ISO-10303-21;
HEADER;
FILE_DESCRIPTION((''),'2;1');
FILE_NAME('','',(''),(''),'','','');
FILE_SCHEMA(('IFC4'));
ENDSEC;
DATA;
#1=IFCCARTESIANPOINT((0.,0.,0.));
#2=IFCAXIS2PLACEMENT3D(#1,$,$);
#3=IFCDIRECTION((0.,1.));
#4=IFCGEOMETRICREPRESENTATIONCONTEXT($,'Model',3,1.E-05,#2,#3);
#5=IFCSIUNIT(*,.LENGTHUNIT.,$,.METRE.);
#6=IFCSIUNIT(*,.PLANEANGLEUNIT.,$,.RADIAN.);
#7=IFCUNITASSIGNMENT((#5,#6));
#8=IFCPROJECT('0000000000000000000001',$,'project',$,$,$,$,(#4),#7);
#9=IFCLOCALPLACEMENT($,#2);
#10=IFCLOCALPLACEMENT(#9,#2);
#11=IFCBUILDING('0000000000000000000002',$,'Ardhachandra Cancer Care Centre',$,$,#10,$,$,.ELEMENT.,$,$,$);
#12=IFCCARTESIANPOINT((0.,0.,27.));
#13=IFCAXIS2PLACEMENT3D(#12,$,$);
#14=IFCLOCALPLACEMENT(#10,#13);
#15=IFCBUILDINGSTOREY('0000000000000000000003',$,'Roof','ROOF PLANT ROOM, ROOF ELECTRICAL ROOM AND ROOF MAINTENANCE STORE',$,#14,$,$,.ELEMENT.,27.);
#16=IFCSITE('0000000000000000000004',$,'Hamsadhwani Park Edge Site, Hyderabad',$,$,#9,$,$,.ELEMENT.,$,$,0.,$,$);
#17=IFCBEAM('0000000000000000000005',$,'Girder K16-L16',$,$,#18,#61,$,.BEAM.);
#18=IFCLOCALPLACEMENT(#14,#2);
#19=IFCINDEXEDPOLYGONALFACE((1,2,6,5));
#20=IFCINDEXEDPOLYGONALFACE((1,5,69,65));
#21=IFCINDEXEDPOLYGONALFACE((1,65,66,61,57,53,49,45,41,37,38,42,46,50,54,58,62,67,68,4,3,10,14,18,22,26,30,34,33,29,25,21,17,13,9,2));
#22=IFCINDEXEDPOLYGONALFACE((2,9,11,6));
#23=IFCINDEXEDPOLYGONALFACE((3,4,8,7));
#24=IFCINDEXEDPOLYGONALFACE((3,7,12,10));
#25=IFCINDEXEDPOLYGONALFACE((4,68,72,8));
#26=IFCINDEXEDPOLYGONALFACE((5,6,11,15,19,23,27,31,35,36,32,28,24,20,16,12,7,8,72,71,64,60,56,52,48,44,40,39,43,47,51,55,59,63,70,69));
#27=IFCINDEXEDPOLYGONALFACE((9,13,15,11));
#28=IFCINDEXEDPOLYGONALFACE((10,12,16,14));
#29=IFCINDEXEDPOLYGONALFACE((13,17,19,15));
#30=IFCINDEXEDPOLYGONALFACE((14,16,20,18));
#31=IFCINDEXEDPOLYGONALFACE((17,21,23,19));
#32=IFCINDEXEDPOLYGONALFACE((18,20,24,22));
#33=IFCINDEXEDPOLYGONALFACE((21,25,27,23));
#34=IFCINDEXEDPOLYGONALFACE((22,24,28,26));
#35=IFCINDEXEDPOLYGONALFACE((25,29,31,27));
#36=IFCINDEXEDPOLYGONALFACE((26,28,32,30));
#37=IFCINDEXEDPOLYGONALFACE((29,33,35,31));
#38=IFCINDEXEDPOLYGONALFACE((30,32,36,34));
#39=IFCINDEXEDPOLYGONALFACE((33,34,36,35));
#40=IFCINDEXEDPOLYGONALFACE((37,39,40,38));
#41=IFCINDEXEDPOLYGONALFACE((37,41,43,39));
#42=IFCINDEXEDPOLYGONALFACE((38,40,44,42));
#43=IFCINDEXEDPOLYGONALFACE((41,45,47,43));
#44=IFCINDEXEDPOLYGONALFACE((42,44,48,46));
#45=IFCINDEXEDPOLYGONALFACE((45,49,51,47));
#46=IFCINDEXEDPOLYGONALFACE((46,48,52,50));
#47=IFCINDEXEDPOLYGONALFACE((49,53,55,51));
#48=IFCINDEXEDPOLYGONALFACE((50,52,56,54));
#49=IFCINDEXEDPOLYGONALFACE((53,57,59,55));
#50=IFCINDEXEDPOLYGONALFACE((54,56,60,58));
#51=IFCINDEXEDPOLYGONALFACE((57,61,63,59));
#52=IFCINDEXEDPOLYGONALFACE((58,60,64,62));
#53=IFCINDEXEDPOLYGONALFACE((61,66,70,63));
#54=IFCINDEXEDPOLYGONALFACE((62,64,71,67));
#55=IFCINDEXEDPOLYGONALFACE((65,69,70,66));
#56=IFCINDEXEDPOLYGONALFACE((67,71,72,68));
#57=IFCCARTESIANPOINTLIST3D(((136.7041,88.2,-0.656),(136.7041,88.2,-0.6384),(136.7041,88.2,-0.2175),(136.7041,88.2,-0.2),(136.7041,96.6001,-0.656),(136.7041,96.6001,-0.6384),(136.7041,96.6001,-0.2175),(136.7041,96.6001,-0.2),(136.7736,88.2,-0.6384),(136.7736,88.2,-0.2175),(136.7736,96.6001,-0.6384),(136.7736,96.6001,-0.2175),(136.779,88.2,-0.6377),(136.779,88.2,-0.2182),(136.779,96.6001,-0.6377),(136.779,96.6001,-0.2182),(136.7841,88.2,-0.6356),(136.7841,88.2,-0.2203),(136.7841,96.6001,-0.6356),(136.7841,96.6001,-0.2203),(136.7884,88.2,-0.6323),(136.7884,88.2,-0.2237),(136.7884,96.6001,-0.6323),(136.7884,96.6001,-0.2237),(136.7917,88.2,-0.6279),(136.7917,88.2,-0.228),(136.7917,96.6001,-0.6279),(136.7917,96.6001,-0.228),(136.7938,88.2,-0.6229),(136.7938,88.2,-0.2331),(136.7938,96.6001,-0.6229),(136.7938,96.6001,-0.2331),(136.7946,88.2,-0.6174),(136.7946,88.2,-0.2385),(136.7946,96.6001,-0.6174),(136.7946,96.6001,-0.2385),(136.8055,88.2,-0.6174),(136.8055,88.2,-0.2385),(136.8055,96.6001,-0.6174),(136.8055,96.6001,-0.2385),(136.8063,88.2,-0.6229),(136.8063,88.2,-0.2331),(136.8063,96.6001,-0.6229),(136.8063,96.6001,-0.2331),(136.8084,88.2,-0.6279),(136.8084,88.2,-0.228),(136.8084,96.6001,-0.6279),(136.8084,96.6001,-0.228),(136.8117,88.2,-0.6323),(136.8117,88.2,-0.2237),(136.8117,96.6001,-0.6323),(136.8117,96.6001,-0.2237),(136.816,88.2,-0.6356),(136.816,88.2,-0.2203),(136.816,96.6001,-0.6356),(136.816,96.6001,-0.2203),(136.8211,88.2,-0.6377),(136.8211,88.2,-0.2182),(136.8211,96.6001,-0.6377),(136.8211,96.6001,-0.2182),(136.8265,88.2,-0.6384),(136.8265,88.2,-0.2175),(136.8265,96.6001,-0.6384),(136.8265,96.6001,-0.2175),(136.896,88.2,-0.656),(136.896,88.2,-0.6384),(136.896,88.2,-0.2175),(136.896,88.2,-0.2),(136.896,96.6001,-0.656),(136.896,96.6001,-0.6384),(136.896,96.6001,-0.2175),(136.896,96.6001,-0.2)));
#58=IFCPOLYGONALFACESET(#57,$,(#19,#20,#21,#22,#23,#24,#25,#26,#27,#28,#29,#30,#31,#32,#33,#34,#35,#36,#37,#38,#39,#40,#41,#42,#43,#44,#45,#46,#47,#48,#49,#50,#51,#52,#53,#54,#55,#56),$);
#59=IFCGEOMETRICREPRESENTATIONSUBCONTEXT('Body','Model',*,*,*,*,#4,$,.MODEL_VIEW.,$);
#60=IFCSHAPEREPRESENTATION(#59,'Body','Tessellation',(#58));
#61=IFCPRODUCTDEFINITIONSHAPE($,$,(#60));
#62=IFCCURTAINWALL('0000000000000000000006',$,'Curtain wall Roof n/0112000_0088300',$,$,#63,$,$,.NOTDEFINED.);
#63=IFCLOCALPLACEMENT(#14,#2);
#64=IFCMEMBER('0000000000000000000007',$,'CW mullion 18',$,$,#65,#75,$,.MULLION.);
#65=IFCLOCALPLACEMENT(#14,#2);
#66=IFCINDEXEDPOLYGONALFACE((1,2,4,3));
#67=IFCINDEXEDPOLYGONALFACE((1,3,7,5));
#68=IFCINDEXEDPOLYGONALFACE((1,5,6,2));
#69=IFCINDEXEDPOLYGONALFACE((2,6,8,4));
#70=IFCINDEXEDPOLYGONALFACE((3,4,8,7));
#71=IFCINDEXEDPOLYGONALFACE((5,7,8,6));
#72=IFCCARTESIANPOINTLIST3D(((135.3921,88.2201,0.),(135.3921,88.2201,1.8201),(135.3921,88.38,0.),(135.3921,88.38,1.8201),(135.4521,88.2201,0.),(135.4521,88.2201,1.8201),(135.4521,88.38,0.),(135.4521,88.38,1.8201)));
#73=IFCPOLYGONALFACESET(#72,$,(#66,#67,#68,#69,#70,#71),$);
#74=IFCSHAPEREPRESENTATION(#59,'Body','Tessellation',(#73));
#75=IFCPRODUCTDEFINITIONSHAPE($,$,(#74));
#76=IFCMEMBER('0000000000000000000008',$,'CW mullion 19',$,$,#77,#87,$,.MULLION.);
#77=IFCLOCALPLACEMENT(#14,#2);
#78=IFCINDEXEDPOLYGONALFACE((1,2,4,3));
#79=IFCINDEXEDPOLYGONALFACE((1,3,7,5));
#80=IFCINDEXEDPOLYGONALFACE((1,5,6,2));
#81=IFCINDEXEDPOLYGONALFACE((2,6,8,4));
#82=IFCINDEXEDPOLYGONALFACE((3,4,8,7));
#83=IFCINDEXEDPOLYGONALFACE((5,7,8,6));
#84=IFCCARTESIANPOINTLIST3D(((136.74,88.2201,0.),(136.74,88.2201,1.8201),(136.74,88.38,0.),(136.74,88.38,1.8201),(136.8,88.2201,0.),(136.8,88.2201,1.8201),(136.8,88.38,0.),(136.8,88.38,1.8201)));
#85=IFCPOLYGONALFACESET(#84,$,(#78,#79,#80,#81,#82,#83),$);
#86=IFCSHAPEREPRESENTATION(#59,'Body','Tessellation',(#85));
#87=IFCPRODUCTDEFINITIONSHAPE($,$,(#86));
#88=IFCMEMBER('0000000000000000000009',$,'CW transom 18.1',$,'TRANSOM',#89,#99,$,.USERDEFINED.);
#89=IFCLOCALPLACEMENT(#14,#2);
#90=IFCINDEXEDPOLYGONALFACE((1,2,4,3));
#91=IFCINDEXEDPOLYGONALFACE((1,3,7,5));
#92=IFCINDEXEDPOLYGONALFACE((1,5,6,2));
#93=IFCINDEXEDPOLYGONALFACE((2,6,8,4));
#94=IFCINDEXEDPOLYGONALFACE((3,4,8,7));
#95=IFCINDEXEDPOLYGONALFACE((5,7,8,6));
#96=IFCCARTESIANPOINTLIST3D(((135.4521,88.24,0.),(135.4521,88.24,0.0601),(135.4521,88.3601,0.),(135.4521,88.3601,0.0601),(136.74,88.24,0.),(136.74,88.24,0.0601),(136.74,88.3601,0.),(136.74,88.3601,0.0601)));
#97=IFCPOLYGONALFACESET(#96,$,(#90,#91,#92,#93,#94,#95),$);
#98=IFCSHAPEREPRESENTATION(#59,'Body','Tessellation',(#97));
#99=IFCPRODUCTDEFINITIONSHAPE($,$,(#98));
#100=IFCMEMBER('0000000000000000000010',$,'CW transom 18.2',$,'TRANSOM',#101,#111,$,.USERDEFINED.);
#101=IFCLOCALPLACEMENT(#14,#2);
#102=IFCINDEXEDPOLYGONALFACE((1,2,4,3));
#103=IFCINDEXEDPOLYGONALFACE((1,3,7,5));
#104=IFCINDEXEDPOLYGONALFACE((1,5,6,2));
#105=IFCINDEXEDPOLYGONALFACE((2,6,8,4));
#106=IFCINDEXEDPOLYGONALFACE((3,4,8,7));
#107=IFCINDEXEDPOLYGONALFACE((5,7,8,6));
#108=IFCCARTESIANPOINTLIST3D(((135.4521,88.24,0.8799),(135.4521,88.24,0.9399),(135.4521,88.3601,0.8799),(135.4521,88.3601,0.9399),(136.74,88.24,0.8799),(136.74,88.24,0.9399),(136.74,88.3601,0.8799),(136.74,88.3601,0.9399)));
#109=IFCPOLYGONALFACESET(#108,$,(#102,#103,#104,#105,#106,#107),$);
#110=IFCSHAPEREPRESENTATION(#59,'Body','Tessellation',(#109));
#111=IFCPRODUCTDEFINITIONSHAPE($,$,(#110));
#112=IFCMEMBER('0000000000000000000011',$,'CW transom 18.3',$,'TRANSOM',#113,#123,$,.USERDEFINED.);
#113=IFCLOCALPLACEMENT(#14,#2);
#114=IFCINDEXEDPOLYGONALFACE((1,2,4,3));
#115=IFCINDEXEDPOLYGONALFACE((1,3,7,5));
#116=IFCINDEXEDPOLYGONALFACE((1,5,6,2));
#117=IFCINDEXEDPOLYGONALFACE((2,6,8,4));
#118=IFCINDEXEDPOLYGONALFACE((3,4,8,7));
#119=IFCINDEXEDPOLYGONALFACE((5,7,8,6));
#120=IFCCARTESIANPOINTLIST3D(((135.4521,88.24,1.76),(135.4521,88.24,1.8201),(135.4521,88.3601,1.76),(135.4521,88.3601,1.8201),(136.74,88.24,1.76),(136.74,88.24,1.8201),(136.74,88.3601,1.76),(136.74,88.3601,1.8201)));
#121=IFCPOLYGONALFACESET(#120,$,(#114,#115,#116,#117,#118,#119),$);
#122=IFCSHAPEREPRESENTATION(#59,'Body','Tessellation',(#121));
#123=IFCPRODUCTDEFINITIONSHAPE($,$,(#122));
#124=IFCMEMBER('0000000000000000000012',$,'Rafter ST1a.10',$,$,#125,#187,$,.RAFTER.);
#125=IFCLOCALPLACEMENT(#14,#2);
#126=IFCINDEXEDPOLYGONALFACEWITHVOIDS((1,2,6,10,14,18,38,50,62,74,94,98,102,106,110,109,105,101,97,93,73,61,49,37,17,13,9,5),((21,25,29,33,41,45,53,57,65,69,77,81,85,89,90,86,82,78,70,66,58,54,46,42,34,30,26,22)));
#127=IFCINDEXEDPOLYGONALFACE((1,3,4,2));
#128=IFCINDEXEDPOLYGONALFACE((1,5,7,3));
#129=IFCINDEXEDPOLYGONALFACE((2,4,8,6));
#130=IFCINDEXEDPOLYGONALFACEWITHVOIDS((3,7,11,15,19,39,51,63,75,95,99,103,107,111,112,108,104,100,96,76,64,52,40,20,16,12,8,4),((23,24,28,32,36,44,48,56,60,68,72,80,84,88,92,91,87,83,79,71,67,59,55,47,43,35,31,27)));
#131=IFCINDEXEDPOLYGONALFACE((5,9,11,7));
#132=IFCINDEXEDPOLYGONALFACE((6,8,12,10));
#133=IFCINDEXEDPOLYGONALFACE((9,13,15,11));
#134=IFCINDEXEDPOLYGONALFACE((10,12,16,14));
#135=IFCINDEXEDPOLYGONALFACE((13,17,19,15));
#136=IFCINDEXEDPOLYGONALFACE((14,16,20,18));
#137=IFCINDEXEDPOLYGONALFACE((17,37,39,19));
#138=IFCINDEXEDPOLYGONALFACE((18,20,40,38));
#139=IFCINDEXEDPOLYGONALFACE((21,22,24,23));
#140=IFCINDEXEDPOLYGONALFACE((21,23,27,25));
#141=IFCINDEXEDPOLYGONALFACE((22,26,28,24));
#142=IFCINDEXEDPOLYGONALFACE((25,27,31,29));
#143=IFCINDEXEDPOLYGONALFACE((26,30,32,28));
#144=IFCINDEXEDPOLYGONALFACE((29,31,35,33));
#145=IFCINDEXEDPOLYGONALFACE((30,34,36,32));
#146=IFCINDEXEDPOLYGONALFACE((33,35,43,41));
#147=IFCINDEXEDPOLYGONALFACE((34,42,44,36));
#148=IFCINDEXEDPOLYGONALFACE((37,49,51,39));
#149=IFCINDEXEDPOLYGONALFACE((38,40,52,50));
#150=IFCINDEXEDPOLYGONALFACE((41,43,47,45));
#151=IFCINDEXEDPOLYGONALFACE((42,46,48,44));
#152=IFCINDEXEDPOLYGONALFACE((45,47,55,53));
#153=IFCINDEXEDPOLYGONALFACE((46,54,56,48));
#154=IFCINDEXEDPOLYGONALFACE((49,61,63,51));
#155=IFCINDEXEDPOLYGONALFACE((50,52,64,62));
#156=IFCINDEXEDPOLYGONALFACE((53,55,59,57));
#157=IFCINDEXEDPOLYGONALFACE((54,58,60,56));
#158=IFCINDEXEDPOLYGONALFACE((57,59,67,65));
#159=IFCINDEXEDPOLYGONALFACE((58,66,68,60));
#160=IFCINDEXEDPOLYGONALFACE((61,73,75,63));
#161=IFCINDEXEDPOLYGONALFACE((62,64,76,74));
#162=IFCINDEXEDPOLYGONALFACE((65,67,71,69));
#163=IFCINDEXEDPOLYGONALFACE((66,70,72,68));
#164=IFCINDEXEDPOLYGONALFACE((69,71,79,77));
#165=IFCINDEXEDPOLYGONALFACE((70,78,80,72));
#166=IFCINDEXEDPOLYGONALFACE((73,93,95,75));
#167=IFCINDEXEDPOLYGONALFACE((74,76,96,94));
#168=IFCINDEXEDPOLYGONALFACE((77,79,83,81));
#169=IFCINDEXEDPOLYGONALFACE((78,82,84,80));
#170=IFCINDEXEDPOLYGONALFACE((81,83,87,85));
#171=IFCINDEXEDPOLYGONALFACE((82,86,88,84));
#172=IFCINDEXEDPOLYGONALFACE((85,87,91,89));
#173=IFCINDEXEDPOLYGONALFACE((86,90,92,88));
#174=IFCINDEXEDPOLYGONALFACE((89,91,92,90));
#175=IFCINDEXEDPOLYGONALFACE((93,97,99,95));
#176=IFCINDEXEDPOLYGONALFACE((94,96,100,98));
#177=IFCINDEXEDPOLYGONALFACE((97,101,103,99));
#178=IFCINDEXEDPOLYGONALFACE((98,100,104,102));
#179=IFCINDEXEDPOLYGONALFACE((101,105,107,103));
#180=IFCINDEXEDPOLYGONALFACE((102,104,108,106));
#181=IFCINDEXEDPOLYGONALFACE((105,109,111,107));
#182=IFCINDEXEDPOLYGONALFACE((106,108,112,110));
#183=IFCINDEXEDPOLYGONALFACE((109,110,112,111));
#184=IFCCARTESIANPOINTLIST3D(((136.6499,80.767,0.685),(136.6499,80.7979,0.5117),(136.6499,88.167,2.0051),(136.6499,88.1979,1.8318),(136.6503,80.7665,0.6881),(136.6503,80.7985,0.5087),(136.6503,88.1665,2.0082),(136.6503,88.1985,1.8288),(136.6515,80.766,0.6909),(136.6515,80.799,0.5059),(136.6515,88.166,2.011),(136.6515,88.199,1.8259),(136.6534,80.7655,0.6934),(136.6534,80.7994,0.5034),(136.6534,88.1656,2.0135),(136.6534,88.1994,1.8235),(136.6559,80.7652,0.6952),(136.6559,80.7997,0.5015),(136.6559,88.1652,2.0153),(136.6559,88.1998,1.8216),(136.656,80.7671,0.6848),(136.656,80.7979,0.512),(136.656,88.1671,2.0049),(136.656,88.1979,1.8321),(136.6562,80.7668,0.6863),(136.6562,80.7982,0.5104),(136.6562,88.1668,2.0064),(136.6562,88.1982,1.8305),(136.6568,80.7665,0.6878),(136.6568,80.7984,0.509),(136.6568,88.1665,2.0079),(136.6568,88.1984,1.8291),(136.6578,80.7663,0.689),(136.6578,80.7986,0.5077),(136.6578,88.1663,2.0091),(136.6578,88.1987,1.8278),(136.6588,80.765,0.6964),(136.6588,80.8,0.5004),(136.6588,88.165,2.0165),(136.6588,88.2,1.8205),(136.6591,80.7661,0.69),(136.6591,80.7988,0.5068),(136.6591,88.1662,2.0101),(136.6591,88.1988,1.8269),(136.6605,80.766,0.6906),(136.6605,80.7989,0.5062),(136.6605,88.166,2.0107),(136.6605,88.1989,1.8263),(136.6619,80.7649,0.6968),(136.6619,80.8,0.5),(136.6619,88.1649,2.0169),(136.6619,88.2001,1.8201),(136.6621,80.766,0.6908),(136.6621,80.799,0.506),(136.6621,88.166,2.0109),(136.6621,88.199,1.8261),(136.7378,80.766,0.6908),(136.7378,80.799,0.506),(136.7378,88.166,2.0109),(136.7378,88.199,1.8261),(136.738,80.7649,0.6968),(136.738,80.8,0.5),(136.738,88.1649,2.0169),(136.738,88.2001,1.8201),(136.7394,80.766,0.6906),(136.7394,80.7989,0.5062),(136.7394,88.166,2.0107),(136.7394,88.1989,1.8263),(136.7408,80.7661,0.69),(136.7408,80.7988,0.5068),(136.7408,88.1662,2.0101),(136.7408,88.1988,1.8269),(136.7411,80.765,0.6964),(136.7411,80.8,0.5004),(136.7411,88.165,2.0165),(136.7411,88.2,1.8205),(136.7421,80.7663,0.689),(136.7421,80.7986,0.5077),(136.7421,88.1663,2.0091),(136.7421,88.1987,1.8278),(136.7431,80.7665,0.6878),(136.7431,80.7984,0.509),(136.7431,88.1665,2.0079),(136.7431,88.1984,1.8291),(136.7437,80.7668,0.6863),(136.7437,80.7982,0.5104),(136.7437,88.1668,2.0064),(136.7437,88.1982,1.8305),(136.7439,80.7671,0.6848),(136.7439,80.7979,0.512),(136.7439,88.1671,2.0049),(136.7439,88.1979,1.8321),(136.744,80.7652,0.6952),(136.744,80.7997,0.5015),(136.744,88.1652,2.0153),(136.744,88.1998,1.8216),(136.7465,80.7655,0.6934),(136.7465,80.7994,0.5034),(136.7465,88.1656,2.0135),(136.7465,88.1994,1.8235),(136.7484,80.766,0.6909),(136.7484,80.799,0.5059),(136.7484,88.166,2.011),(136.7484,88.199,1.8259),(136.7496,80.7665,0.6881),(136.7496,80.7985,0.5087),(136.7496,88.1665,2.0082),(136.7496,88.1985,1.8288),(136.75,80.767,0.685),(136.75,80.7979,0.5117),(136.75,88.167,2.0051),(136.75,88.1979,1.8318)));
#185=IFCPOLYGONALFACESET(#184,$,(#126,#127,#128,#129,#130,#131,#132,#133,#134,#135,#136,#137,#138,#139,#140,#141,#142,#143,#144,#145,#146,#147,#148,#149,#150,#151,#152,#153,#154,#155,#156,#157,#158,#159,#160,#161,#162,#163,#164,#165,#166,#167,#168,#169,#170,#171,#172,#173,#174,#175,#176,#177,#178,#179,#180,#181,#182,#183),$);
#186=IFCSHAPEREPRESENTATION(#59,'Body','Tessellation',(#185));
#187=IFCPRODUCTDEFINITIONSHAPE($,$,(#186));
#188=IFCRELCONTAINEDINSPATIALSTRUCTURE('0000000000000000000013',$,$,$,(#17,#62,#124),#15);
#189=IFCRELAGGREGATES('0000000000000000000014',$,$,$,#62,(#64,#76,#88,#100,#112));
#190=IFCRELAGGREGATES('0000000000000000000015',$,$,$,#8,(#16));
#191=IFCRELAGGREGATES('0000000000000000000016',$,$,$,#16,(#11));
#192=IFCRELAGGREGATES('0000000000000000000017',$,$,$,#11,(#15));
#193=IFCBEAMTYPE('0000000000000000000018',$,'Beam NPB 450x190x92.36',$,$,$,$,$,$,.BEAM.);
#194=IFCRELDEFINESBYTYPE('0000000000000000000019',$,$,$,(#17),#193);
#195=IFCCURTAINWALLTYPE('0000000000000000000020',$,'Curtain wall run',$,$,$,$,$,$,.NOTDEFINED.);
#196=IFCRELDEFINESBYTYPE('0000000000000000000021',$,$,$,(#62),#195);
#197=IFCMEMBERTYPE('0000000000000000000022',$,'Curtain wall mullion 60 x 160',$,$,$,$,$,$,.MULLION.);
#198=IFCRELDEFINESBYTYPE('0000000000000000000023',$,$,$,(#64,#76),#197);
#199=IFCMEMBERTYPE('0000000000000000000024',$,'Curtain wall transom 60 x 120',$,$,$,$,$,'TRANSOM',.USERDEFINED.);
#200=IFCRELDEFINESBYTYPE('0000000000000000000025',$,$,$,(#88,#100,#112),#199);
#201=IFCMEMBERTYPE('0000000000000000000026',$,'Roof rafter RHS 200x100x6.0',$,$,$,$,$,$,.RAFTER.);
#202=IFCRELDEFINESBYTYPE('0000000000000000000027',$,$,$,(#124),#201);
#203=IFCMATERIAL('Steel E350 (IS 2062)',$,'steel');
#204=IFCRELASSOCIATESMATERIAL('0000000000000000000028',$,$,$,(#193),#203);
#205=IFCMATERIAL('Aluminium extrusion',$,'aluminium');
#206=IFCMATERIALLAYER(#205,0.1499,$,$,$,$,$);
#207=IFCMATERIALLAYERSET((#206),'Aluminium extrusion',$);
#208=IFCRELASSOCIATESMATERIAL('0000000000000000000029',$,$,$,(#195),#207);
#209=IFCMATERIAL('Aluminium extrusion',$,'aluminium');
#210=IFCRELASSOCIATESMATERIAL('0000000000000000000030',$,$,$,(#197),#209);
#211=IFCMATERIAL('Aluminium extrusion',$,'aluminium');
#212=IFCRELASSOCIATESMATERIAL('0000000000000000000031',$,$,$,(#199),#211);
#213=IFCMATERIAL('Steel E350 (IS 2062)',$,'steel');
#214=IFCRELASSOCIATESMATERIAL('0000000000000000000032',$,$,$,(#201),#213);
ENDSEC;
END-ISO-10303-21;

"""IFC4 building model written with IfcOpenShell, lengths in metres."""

from ifc_helpers import new_model, si_unit, direction, frame, origin, origin_2d, place, context, subcontext, project, spatial, rectangle, hollow_rectangle, i_section, extrude, material, layer, layer_set, material_profile, profile_set, type_object, element, aggregate, save


model = new_model("IFC4")

# Units and contexts
model_context = context("Model", 3, precision=1e-05, world=origin(), true_north=direction((0.0, 1.0)))
body_context = subcontext(model_context, "Body", "Model", "MODEL_VIEW")
ifc_project = project(units=[si_unit("LENGTHUNIT", "METRE"), si_unit("PLANEANGLEUNIT", "RADIAN")], contexts=[model_context])

# Site, building, storey
site_placement = place(None, origin())
site = spatial("IfcSite", under=ifc_project, at=site_placement, Name="Hamsadhwani Park Edge Site, Hyderabad", CompositionType="ELEMENT", RefElevation=0.0)
building_placement = place(site_placement, origin())
building = spatial("IfcBuilding", under=site, at=building_placement, Name="Ardhachandra Cancer Care Centre", CompositionType="ELEMENT")
storey_placement = place(building_placement, frame((0.0, 0.0, 27.0)))
storey = spatial("IfcBuildingStorey", under=building, at=storey_placement, Name="Roof", Description="ROOF PLANT ROOM, ROOF ELECTRICAL ROOM AND ROOF MAINTENANCE STORE", CompositionType="ELEMENT", Elevation=27.0)

# Beam
ifc_material_1 = material(Name="Steel E350 (IS 2062)", Category="steel")
ifc_material_profile_1 = material_profile(ifc_material_1, i_section(OverallWidth=0.1919, OverallDepth=0.4561, WebThickness=0.011, FlangeThickness=0.0176, FilletRadius=0.021, at=origin_2d()), Name="NPB 450x190x92.36")
ifc_profile_set_1 = profile_set([ifc_material_profile_1], Name="Steel E350 (IS 2062)")
beam_type = type_object("IfcBeamType", Name="Beam NPB 450x190x92.36", PredefinedType="BEAM", material=ifc_profile_set_1)
beam_placement = place(storey_placement, frame((136.8, 88.2, -0.428), z_axis=(0.0, 1.0, 0.0), x_axis=(-1.0, 0.0, 0.0)))
element("IfcBeam", 1, at=beam_placement, inside=storey, type_object=beam_type, Name="Girder K16-L16", PredefinedType="BEAM", context=body_context, shape_type="SweptSolid", body=[
    extrude(i_section(OverallWidth=0.1919, OverallDepth=0.4561, WebThickness=0.011, FlangeThickness=0.0176, FilletRadius=0.021, at=origin_2d()), origin(), (0.0, 0.0, 1.0), 8.4001),
])

# Curtain wall, members
ifc_material_2 = material(Name="Aluminium extrusion", Category="aluminium")
ifc_layer_1 = layer(ifc_material_2, 0.1499)
ifc_layer_set_1 = layer_set([ifc_layer_1], Name="Aluminium extrusion")
curtain_wall_type = type_object("IfcCurtainWallType", Name="Curtain wall run", PredefinedType="NOTDEFINED", material=ifc_layer_set_1)
curtain_wall_placement = place(storey_placement, origin())
curtain_wall = element("IfcCurtainWall", 2, at=curtain_wall_placement, inside=storey, type_object=curtain_wall_type, Name="Curtain wall Roof n/0112000_0088300", PredefinedType="NOTDEFINED")
ifc_material_3 = material(Name="Aluminium extrusion", Category="aluminium")
ifc_material_profile_2 = material_profile(ifc_material_3, rectangle(XDim=0.1599, YDim=0.0601, at=origin_2d()), Name="Curtain wall mullion 60 x 160")
ifc_profile_set_2 = profile_set([ifc_material_profile_2], Name="Aluminium extrusion")
member_type_1 = type_object("IfcMemberType", Name="Curtain wall mullion 60 x 160", PredefinedType="MULLION", material=ifc_profile_set_2)
member_1_placement = place(storey_placement, frame((135.4221, 88.3, 0.0), z_axis=(0.0, 0.0, 1.0), x_axis=(0.0, 1.0, 0.0)))
member_1 = element("IfcMember", 3, at=member_1_placement, type_object=member_type_1, Name="CW mullion 18", PredefinedType="MULLION", context=body_context, shape_type="SweptSolid", body=[
    extrude(rectangle(XDim=0.1599, YDim=0.0601, at=origin_2d()), origin(), (0.0, 0.0, 1.0), 1.8201),
])
member_2_placement = place(storey_placement, frame((136.77, 88.3, 0.0), z_axis=(0.0, 0.0, 1.0), x_axis=(0.0, 1.0, 0.0)))
member_2 = element("IfcMember", 4, at=member_2_placement, type_object=member_type_1, Name="CW mullion 19", PredefinedType="MULLION", context=body_context, shape_type="SweptSolid", body=[
    extrude(rectangle(XDim=0.1599, YDim=0.0601, at=origin_2d()), origin(), (0.0, 0.0, 1.0), 1.8201),
])
ifc_material_4 = material(Name="Aluminium extrusion", Category="aluminium")
ifc_material_profile_3 = material_profile(ifc_material_4, rectangle(XDim=0.1201, YDim=0.0601, at=origin_2d()), Name="Curtain wall transom 60 x 120")
ifc_profile_set_3 = profile_set([ifc_material_profile_3], Name="Aluminium extrusion")
member_type_2 = type_object("IfcMemberType", Name="Curtain wall transom 60 x 120", ElementType="TRANSOM", PredefinedType="USERDEFINED", material=ifc_profile_set_3)
member_3_placement = place(storey_placement, frame((135.4521, 88.3, 0.03), z_axis=(1.0, 0.0, 0.0), x_axis=(0.0, 1.0, 0.0)))
member_3 = element("IfcMember", 5, at=member_3_placement, type_object=member_type_2, Name="CW transom 18.1", ObjectType="TRANSOM", PredefinedType="USERDEFINED", context=body_context, shape_type="SweptSolid", body=[
    extrude(rectangle(XDim=0.1201, YDim=0.0601, at=origin_2d()), origin(), (0.0, 0.0, 1.0), 1.2878),
])
member_4_placement = place(storey_placement, frame((135.4521, 88.3, 0.9099), z_axis=(1.0, 0.0, 0.0), x_axis=(0.0, 1.0, 0.0)))
member_4 = element("IfcMember", 6, at=member_4_placement, type_object=member_type_2, Name="CW transom 18.2", ObjectType="TRANSOM", PredefinedType="USERDEFINED", context=body_context, shape_type="SweptSolid", body=[
    extrude(rectangle(XDim=0.1201, YDim=0.0601, at=origin_2d()), origin(), (0.0, 0.0, 1.0), 1.2878),
])
member_5_placement = place(storey_placement, frame((135.4521, 88.3, 1.79), z_axis=(1.0, 0.0, 0.0), x_axis=(0.0, 1.0, 0.0)))
member_5 = element("IfcMember", 7, at=member_5_placement, type_object=member_type_2, Name="CW transom 18.3", ObjectType="TRANSOM", PredefinedType="USERDEFINED", context=body_context, shape_type="SweptSolid", body=[
    extrude(rectangle(XDim=0.1201, YDim=0.0601, at=origin_2d()), origin(), (0.0, 0.0, 1.0), 1.2878),
])

# Member
ifc_material_5 = material(Name="Steel E350 (IS 2062)", Category="steel")
ifc_material_profile_4 = material_profile(ifc_material_5, hollow_rectangle(XDim=0.1001, YDim=0.2, WallThickness=0.0061, InnerFilletRadius=0.0061, OuterFilletRadius=0.012, at=origin_2d()), Name="RHS 200x100x6.0")
ifc_profile_set_4 = profile_set([ifc_material_profile_4], Name="Steel E350 (IS 2062)")
member_type_3 = type_object("IfcMemberType", Name="Roof rafter RHS 200x100x6.0", PredefinedType="RAFTER", material=ifc_profile_set_4)
member_6_placement = place(storey_placement, frame((136.7, 80.7825, 0.5984), z_axis=(0.0, 0.984458, 0.175618), x_axis=(-1.0, 0.0, 0.0)))
element("IfcMember", 8, at=member_6_placement, inside=storey, type_object=member_type_3, Name="Rafter ST1a.10", PredefinedType="RAFTER", context=body_context, shape_type="SweptSolid", body=[
    extrude(hollow_rectangle(XDim=0.1001, YDim=0.2, WallThickness=0.0061, InnerFilletRadius=0.0061, OuterFilletRadius=0.012, at=origin_2d()), origin(), (0.0, 0.0, 1.0), 7.5168),
])

aggregate(curtain_wall, [member_1, member_2, member_3, member_4, member_5])

save(model, "model.ifc")
